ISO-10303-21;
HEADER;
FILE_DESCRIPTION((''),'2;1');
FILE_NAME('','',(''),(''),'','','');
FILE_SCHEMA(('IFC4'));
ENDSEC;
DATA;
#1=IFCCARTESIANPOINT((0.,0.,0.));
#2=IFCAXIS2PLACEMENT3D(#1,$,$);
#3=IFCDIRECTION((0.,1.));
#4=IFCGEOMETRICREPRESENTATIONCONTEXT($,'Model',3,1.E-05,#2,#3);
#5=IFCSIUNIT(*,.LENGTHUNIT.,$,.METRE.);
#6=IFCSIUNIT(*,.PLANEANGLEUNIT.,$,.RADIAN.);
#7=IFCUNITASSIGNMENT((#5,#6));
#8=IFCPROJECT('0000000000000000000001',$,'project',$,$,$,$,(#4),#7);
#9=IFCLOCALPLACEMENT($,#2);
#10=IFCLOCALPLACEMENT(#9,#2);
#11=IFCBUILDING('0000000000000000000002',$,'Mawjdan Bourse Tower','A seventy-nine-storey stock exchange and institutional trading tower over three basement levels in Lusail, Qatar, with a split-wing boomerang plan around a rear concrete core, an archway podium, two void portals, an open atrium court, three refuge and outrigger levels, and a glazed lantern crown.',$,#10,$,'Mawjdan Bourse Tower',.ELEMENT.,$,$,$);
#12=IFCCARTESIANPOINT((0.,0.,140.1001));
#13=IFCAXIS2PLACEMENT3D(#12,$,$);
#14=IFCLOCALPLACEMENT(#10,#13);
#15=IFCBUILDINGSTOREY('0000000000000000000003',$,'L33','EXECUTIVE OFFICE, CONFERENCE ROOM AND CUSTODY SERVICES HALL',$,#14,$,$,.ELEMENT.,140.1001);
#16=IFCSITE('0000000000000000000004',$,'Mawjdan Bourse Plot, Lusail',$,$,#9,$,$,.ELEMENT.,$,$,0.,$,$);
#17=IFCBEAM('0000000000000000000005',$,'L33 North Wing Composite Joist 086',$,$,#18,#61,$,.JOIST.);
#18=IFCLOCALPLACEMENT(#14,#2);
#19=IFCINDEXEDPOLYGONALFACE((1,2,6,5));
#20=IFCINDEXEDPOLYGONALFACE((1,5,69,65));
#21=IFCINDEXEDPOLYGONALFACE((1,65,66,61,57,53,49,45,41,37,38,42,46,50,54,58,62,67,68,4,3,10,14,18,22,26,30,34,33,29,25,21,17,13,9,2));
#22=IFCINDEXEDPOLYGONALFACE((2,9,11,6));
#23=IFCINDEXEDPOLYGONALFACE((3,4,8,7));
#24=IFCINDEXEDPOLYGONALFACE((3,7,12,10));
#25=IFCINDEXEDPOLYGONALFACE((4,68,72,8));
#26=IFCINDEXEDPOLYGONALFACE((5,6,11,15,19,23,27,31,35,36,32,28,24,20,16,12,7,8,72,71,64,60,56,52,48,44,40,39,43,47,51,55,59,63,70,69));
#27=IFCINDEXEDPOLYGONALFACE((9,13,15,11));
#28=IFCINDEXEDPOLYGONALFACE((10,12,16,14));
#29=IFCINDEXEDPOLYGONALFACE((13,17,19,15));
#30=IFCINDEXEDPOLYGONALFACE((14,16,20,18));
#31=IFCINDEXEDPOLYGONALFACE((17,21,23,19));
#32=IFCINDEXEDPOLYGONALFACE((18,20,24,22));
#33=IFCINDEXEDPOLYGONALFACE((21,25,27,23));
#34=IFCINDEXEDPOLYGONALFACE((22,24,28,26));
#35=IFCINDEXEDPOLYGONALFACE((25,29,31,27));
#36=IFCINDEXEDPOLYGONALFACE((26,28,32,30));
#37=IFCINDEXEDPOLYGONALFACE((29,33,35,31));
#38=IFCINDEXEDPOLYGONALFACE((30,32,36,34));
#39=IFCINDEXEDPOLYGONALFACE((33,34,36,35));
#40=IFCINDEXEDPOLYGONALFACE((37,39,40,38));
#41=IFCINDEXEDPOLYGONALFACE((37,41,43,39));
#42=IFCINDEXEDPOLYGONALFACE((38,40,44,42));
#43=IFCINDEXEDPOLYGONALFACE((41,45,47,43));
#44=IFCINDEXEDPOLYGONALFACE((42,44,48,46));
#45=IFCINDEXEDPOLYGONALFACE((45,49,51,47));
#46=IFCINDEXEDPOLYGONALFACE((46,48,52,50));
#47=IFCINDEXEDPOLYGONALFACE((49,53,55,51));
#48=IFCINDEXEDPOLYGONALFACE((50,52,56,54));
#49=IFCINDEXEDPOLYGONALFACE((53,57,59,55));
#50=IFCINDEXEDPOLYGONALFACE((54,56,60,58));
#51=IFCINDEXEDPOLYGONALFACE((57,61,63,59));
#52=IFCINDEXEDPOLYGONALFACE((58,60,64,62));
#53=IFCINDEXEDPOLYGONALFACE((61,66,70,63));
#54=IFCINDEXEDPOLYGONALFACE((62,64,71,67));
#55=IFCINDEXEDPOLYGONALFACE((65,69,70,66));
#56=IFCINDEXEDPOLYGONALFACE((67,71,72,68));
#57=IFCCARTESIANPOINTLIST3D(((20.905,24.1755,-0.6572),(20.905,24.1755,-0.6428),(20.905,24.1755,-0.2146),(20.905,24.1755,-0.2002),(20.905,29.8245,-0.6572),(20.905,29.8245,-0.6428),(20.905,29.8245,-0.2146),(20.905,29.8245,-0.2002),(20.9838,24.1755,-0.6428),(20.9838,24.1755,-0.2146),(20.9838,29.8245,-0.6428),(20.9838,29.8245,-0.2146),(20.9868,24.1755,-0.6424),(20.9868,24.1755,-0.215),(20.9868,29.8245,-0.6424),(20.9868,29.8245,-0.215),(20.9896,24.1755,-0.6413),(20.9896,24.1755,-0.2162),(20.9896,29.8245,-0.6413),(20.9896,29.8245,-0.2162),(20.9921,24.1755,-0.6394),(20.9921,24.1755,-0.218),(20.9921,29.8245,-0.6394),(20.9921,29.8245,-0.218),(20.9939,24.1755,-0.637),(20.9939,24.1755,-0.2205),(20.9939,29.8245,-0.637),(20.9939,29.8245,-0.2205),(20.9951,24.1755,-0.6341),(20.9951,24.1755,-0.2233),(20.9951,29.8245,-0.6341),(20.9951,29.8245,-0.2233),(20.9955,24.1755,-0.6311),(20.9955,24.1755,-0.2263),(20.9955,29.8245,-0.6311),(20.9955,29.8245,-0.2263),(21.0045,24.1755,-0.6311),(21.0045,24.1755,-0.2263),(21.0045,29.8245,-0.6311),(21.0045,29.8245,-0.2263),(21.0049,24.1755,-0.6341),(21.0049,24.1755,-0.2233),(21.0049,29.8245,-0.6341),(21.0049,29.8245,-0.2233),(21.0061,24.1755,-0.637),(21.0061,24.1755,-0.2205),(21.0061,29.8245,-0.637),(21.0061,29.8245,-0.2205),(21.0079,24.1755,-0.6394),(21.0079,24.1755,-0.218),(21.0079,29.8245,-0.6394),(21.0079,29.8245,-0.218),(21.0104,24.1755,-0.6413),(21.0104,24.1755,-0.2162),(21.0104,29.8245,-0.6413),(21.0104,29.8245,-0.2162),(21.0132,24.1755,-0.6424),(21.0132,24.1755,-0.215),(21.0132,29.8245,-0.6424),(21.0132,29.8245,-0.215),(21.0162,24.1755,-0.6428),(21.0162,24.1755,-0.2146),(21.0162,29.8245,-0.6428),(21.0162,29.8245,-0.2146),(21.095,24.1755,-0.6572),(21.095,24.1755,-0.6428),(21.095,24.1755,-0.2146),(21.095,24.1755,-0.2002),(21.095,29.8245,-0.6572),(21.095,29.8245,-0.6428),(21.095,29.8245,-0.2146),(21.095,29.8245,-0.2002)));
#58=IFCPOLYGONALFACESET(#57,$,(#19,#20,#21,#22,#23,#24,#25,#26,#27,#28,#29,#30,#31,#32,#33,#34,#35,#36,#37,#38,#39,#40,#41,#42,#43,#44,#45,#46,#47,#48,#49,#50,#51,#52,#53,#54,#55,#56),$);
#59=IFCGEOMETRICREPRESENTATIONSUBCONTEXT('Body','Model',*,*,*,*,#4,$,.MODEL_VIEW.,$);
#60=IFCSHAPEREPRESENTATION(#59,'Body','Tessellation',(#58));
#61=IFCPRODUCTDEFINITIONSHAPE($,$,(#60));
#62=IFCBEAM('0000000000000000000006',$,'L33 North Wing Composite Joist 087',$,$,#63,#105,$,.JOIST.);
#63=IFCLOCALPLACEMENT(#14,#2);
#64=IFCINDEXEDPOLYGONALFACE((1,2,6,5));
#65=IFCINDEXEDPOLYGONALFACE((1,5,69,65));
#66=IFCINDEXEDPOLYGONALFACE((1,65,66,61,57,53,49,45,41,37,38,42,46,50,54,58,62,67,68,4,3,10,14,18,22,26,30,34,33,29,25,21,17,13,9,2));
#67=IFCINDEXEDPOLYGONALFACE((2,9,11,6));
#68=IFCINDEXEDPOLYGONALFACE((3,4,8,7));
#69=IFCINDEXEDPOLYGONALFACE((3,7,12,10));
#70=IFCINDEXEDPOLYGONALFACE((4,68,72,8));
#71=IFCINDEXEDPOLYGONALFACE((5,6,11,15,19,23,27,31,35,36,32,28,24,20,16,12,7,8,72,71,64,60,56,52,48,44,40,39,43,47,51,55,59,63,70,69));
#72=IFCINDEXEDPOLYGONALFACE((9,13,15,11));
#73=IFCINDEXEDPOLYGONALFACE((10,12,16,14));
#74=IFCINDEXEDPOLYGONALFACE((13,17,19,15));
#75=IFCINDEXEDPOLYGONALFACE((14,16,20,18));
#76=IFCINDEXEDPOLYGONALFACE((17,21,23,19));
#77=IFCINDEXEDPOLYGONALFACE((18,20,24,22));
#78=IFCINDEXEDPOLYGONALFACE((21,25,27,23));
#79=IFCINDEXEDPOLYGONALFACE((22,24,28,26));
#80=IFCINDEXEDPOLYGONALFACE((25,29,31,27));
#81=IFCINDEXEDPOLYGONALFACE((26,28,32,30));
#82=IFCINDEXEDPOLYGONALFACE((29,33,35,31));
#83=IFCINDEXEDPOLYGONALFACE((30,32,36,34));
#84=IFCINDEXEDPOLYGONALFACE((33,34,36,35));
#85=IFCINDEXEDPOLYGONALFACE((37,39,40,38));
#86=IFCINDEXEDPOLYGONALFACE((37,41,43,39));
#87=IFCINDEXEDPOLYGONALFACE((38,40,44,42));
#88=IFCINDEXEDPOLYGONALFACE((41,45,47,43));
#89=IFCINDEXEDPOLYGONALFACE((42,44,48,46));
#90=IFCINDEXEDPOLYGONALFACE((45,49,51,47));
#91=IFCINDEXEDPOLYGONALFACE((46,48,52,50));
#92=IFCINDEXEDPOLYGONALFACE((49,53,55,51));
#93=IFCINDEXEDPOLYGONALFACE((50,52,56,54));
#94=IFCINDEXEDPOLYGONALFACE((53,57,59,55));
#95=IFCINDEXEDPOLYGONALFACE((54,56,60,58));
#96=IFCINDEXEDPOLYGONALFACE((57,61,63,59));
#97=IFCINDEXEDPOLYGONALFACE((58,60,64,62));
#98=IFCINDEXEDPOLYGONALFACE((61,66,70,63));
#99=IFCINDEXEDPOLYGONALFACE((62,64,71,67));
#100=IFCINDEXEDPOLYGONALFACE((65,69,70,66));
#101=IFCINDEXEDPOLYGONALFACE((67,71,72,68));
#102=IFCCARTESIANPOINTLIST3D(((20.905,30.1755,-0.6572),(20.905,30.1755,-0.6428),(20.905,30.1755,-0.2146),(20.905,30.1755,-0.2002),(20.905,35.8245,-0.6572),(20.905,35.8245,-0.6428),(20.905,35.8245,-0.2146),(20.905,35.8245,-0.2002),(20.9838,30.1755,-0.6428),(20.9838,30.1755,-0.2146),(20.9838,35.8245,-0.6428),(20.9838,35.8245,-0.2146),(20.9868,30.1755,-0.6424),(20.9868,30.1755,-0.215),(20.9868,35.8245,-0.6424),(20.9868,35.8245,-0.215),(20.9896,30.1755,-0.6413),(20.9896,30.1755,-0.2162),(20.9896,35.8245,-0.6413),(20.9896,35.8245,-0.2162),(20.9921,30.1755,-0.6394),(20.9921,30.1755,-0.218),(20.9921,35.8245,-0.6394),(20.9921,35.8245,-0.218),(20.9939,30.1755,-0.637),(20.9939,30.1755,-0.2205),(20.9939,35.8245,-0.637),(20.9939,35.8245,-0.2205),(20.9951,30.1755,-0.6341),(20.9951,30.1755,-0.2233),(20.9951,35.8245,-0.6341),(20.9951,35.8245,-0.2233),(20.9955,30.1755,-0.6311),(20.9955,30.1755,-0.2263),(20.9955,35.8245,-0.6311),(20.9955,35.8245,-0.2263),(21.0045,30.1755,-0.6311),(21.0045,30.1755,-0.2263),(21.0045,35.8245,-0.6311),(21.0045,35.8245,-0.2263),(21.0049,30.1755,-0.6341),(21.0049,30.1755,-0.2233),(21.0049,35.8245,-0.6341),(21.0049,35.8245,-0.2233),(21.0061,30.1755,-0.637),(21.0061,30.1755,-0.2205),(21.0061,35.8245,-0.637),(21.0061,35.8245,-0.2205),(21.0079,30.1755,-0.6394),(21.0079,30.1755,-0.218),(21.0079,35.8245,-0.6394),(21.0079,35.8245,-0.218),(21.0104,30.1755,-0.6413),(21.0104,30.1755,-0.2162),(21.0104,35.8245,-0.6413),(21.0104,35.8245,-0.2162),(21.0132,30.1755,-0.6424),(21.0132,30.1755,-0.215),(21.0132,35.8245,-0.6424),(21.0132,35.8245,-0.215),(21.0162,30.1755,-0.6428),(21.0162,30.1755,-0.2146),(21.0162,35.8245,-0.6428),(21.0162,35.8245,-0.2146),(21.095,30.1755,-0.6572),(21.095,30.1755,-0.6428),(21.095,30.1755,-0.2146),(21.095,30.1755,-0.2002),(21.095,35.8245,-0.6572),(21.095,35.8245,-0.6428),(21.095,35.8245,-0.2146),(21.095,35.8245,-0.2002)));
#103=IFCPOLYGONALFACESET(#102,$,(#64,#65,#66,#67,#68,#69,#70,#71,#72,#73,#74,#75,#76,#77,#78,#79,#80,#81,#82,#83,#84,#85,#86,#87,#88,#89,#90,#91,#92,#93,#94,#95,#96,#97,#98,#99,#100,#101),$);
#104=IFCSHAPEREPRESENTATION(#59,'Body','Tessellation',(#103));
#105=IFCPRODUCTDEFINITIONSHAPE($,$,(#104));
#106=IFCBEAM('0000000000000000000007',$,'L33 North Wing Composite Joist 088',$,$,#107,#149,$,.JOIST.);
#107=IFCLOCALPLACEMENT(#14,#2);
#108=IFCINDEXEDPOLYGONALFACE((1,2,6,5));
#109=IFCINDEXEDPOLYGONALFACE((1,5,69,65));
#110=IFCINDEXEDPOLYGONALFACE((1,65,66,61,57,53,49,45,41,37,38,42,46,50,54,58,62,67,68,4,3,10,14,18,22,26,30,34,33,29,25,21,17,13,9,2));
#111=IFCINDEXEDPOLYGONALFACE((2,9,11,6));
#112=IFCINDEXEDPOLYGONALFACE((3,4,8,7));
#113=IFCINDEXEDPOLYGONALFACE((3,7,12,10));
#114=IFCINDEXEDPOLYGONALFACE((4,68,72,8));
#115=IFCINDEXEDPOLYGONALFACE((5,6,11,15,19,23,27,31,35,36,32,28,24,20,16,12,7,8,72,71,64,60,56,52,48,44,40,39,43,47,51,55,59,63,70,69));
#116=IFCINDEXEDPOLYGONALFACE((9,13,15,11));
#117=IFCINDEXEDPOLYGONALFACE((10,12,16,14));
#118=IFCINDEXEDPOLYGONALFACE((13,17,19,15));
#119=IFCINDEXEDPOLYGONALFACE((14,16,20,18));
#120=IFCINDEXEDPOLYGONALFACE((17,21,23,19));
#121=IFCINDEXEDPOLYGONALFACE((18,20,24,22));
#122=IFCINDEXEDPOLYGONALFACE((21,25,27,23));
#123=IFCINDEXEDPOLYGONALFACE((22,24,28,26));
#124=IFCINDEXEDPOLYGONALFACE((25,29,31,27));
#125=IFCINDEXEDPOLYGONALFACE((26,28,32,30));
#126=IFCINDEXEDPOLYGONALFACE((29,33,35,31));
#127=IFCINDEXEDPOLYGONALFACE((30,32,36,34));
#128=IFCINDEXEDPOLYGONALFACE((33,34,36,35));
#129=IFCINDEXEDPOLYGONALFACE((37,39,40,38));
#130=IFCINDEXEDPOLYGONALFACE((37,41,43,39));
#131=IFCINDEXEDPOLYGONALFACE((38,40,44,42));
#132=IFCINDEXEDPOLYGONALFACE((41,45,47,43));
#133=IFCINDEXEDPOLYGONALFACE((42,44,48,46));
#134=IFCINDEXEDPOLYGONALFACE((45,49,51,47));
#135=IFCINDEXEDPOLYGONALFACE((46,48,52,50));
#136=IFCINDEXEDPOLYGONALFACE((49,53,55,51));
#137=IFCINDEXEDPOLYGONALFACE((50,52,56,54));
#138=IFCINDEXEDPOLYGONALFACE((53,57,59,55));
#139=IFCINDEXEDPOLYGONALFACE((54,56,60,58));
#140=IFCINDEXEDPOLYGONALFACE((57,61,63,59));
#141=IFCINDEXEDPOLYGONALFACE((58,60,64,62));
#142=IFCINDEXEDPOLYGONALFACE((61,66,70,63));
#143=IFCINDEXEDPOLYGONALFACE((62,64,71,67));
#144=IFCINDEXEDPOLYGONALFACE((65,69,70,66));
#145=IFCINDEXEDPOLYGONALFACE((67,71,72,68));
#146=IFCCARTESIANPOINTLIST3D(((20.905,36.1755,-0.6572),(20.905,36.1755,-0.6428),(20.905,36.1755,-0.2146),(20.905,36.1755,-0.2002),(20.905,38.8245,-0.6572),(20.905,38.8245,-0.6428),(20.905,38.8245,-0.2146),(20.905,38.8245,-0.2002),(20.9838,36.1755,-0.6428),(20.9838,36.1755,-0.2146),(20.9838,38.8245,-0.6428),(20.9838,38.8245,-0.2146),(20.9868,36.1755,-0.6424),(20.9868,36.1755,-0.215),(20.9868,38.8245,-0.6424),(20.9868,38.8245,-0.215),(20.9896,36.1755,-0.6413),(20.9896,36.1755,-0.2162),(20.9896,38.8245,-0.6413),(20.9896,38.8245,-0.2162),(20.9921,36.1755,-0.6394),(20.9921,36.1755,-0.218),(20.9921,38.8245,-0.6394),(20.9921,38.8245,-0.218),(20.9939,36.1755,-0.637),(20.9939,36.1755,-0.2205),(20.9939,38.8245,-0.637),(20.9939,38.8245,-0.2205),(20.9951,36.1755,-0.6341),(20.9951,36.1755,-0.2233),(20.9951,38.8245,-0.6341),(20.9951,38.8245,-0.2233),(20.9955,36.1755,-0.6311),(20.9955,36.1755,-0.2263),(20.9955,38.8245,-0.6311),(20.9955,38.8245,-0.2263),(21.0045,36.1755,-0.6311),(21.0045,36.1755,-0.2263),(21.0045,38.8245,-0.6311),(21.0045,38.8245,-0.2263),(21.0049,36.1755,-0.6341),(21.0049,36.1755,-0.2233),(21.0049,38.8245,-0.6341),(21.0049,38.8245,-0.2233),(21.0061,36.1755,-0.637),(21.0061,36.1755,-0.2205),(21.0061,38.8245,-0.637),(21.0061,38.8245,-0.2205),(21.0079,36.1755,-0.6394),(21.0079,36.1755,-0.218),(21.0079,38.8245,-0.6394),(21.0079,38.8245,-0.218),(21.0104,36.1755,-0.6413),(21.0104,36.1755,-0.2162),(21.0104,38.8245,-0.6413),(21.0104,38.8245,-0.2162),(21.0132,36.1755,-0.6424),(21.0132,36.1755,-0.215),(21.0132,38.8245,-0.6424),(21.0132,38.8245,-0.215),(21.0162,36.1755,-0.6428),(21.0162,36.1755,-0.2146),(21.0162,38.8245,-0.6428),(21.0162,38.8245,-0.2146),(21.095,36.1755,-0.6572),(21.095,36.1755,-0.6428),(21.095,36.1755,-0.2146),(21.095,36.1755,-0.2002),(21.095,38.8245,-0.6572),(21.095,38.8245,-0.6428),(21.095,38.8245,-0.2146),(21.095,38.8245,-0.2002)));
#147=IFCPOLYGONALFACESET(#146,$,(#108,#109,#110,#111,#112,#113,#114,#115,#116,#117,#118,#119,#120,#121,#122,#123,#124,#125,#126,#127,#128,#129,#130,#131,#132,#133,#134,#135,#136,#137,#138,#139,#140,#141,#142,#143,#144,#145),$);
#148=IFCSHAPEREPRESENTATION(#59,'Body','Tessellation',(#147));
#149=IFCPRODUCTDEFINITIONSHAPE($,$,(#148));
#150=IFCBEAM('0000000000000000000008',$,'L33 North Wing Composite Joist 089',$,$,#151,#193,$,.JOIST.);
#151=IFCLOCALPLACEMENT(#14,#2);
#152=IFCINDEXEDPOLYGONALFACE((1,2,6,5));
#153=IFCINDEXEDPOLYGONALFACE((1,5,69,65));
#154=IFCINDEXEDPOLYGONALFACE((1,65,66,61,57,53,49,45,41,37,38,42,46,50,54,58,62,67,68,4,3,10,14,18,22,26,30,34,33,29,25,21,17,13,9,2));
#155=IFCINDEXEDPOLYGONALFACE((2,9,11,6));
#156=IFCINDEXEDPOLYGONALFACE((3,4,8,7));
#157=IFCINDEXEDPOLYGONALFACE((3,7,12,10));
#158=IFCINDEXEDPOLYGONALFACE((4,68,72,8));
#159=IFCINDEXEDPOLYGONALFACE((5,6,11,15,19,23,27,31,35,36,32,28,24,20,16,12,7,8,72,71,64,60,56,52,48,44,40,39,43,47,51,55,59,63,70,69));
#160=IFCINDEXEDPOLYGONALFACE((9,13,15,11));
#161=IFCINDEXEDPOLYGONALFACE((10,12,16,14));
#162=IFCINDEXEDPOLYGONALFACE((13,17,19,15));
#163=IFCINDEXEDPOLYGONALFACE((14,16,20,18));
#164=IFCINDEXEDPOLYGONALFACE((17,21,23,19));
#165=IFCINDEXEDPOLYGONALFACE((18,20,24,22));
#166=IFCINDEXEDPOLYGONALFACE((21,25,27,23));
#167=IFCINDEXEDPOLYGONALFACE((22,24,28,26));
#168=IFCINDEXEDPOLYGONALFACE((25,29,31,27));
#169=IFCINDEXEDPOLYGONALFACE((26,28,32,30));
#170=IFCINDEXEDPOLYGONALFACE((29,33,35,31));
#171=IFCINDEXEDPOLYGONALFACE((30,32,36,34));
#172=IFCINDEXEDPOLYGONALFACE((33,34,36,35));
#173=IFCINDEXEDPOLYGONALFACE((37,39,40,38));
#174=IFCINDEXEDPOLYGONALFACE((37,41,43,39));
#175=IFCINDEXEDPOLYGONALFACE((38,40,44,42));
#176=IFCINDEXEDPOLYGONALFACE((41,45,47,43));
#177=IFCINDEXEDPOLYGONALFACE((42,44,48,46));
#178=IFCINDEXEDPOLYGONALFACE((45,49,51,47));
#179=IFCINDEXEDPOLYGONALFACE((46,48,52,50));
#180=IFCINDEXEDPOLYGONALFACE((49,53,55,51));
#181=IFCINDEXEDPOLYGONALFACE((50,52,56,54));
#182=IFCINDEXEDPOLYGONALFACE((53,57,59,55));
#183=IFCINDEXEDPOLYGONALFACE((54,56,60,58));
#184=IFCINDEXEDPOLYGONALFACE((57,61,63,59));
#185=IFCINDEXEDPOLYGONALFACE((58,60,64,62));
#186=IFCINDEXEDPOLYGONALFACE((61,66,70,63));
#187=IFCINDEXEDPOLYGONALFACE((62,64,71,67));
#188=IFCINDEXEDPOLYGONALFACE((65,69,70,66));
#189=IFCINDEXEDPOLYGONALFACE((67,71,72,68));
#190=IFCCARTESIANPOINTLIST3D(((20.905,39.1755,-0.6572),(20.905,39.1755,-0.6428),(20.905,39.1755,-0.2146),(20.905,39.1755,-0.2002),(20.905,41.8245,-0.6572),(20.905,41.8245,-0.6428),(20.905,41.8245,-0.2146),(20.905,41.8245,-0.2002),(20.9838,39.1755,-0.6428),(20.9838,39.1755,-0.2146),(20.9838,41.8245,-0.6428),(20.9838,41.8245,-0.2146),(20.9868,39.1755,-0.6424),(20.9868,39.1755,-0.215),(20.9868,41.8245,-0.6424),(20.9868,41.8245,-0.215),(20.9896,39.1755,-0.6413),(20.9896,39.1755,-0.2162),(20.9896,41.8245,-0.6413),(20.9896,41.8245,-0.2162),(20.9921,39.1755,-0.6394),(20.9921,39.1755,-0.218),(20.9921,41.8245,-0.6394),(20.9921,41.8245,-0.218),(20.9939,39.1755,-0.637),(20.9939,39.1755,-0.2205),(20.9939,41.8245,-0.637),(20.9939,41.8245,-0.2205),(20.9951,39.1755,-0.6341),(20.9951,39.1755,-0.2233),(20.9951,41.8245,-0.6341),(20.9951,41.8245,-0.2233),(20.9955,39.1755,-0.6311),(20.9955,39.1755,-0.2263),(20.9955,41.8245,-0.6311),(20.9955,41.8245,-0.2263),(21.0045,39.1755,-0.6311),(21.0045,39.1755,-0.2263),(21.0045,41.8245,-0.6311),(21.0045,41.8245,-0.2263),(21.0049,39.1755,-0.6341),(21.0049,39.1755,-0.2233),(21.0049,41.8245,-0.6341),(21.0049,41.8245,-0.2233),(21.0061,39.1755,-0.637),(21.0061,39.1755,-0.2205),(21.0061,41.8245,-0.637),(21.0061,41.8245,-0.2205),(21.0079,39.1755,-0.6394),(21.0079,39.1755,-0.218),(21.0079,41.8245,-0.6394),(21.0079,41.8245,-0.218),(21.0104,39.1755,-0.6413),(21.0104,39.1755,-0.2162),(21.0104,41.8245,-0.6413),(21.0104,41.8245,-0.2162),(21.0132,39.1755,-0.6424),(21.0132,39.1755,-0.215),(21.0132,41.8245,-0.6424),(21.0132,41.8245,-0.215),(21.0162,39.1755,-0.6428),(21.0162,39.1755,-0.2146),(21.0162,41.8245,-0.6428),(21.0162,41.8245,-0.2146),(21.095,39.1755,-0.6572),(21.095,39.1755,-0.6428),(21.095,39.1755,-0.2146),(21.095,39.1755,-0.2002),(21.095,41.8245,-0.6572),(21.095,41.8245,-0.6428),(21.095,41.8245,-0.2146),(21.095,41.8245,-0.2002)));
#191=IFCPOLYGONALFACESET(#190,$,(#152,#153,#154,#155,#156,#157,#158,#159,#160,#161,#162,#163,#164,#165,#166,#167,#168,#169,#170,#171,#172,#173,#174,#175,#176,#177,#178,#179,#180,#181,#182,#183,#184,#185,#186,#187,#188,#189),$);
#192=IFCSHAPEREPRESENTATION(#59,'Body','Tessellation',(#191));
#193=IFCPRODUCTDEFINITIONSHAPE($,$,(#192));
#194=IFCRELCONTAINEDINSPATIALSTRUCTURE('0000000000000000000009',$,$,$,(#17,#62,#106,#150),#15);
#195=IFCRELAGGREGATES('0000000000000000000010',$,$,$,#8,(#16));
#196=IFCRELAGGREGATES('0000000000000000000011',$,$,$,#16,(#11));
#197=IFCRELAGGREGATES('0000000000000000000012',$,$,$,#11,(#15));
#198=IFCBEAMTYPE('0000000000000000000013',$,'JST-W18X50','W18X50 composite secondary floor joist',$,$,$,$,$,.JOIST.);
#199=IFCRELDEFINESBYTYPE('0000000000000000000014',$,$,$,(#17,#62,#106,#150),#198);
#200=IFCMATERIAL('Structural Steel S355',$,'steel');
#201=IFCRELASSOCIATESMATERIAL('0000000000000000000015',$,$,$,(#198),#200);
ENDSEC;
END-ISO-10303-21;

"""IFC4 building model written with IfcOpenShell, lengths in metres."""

from ifc_helpers import new_model, si_unit, direction, frame, origin, origin_2d, place, context, subcontext, project, spatial, i_section, extrude, material, material_profile, profile_set, type_object, element, save


model = new_model("IFC4")

# Units and contexts
model_context = context("Model", 3, precision=1e-05, world=origin(), true_north=direction((0.0, 1.0)))
body_context = subcontext(model_context, "Body", "Model", "MODEL_VIEW")
ifc_project = project(units=[si_unit("LENGTHUNIT", "METRE"), si_unit("PLANEANGLEUNIT", "RADIAN")], contexts=[model_context])

# Site, building, storey
site_placement = place(None, origin())
site = spatial("IfcSite", under=ifc_project, at=site_placement, Name="Mawjdan Bourse Plot, Lusail", CompositionType="ELEMENT", RefElevation=0.0)
building_placement = place(site_placement, origin())
building = spatial("IfcBuilding", under=site, at=building_placement, Name="Mawjdan Bourse Tower", Description="A seventy-nine-storey stock exchange and institutional trading tower over three basement levels in Lusail, Qatar, with a split-wing boomerang plan around a rear concrete core, an archway podium, two void portals, an open atrium court, three refuge and outrigger levels, and a glazed lantern crown.", LongName="Mawjdan Bourse Tower", CompositionType="ELEMENT")
storey_placement = place(building_placement, frame((0.0, 0.0, 140.1001)))
storey = spatial("IfcBuildingStorey", under=building, at=storey_placement, Name="L33", Description="EXECUTIVE OFFICE, CONFERENCE ROOM AND CUSTODY SERVICES HALL", CompositionType="ELEMENT", Elevation=140.1001)

# Beams
ifc_material_1 = material(Name="Structural Steel S355", Category="steel")
ifc_material_profile_1 = material_profile(ifc_material_1, i_section(OverallWidth=0.1899, OverallDepth=0.457, WebThickness=0.009, FlangeThickness=0.0144, FilletRadius=0.0117, at=origin_2d()), Name="W18X50")
ifc_profile_set_1 = profile_set([ifc_material_profile_1], Name="Structural Steel S355")
beam_type_1 = type_object("IfcBeamType", Name="JST-W18X50", Description="W18X50 composite secondary floor joist", PredefinedType="JOIST", material=ifc_profile_set_1)
for number, where, z_axis, x_axis, name in (
    (1, (21.0, 24.1755, -0.4287), (0.0, 1.0, 0.0), (-1.0, 0.0, 0.0), "L33 North Wing Composite Joist 086"),
    (2, (21.0, 30.1755, -0.4287), (0.0, 1.0, 0.0), (-1.0, 0.0, 0.0), "L33 North Wing Composite Joist 087"),
):
    element("IfcBeam", number, at=place(storey_placement, frame(where, z_axis=z_axis, x_axis=x_axis)), inside=storey, type_object=beam_type_1, Name=name, PredefinedType="JOIST", context=body_context, shape_type="SweptSolid", body=[
        extrude(i_section(OverallWidth=0.1899, OverallDepth=0.457, WebThickness=0.009, FlangeThickness=0.0144, FilletRadius=0.0117, at=origin_2d()), origin(), (0.0, 0.0, 1.0), 5.6489),
    ])
for number, where, z_axis, x_axis, name in (
    (3, (21.0, 36.1755, -0.4287), (0.0, 1.0, 0.0), (-1.0, 0.0, 0.0), "L33 North Wing Composite Joist 088"),
    (4, (21.0, 39.1755, -0.4287), (0.0, 1.0, 0.0), (-1.0, 0.0, 0.0), "L33 North Wing Composite Joist 089"),
):
    element("IfcBeam", number, at=place(storey_placement, frame(where, z_axis=z_axis, x_axis=x_axis)), inside=storey, type_object=beam_type_1, Name=name, PredefinedType="JOIST", context=body_context, shape_type="SweptSolid", body=[
        extrude(i_section(OverallWidth=0.1899, OverallDepth=0.457, WebThickness=0.009, FlangeThickness=0.0144, FilletRadius=0.0117, at=origin_2d()), origin(), (0.0, 0.0, 1.0), 2.6489),
    ])

save(model, "model.ifc")
